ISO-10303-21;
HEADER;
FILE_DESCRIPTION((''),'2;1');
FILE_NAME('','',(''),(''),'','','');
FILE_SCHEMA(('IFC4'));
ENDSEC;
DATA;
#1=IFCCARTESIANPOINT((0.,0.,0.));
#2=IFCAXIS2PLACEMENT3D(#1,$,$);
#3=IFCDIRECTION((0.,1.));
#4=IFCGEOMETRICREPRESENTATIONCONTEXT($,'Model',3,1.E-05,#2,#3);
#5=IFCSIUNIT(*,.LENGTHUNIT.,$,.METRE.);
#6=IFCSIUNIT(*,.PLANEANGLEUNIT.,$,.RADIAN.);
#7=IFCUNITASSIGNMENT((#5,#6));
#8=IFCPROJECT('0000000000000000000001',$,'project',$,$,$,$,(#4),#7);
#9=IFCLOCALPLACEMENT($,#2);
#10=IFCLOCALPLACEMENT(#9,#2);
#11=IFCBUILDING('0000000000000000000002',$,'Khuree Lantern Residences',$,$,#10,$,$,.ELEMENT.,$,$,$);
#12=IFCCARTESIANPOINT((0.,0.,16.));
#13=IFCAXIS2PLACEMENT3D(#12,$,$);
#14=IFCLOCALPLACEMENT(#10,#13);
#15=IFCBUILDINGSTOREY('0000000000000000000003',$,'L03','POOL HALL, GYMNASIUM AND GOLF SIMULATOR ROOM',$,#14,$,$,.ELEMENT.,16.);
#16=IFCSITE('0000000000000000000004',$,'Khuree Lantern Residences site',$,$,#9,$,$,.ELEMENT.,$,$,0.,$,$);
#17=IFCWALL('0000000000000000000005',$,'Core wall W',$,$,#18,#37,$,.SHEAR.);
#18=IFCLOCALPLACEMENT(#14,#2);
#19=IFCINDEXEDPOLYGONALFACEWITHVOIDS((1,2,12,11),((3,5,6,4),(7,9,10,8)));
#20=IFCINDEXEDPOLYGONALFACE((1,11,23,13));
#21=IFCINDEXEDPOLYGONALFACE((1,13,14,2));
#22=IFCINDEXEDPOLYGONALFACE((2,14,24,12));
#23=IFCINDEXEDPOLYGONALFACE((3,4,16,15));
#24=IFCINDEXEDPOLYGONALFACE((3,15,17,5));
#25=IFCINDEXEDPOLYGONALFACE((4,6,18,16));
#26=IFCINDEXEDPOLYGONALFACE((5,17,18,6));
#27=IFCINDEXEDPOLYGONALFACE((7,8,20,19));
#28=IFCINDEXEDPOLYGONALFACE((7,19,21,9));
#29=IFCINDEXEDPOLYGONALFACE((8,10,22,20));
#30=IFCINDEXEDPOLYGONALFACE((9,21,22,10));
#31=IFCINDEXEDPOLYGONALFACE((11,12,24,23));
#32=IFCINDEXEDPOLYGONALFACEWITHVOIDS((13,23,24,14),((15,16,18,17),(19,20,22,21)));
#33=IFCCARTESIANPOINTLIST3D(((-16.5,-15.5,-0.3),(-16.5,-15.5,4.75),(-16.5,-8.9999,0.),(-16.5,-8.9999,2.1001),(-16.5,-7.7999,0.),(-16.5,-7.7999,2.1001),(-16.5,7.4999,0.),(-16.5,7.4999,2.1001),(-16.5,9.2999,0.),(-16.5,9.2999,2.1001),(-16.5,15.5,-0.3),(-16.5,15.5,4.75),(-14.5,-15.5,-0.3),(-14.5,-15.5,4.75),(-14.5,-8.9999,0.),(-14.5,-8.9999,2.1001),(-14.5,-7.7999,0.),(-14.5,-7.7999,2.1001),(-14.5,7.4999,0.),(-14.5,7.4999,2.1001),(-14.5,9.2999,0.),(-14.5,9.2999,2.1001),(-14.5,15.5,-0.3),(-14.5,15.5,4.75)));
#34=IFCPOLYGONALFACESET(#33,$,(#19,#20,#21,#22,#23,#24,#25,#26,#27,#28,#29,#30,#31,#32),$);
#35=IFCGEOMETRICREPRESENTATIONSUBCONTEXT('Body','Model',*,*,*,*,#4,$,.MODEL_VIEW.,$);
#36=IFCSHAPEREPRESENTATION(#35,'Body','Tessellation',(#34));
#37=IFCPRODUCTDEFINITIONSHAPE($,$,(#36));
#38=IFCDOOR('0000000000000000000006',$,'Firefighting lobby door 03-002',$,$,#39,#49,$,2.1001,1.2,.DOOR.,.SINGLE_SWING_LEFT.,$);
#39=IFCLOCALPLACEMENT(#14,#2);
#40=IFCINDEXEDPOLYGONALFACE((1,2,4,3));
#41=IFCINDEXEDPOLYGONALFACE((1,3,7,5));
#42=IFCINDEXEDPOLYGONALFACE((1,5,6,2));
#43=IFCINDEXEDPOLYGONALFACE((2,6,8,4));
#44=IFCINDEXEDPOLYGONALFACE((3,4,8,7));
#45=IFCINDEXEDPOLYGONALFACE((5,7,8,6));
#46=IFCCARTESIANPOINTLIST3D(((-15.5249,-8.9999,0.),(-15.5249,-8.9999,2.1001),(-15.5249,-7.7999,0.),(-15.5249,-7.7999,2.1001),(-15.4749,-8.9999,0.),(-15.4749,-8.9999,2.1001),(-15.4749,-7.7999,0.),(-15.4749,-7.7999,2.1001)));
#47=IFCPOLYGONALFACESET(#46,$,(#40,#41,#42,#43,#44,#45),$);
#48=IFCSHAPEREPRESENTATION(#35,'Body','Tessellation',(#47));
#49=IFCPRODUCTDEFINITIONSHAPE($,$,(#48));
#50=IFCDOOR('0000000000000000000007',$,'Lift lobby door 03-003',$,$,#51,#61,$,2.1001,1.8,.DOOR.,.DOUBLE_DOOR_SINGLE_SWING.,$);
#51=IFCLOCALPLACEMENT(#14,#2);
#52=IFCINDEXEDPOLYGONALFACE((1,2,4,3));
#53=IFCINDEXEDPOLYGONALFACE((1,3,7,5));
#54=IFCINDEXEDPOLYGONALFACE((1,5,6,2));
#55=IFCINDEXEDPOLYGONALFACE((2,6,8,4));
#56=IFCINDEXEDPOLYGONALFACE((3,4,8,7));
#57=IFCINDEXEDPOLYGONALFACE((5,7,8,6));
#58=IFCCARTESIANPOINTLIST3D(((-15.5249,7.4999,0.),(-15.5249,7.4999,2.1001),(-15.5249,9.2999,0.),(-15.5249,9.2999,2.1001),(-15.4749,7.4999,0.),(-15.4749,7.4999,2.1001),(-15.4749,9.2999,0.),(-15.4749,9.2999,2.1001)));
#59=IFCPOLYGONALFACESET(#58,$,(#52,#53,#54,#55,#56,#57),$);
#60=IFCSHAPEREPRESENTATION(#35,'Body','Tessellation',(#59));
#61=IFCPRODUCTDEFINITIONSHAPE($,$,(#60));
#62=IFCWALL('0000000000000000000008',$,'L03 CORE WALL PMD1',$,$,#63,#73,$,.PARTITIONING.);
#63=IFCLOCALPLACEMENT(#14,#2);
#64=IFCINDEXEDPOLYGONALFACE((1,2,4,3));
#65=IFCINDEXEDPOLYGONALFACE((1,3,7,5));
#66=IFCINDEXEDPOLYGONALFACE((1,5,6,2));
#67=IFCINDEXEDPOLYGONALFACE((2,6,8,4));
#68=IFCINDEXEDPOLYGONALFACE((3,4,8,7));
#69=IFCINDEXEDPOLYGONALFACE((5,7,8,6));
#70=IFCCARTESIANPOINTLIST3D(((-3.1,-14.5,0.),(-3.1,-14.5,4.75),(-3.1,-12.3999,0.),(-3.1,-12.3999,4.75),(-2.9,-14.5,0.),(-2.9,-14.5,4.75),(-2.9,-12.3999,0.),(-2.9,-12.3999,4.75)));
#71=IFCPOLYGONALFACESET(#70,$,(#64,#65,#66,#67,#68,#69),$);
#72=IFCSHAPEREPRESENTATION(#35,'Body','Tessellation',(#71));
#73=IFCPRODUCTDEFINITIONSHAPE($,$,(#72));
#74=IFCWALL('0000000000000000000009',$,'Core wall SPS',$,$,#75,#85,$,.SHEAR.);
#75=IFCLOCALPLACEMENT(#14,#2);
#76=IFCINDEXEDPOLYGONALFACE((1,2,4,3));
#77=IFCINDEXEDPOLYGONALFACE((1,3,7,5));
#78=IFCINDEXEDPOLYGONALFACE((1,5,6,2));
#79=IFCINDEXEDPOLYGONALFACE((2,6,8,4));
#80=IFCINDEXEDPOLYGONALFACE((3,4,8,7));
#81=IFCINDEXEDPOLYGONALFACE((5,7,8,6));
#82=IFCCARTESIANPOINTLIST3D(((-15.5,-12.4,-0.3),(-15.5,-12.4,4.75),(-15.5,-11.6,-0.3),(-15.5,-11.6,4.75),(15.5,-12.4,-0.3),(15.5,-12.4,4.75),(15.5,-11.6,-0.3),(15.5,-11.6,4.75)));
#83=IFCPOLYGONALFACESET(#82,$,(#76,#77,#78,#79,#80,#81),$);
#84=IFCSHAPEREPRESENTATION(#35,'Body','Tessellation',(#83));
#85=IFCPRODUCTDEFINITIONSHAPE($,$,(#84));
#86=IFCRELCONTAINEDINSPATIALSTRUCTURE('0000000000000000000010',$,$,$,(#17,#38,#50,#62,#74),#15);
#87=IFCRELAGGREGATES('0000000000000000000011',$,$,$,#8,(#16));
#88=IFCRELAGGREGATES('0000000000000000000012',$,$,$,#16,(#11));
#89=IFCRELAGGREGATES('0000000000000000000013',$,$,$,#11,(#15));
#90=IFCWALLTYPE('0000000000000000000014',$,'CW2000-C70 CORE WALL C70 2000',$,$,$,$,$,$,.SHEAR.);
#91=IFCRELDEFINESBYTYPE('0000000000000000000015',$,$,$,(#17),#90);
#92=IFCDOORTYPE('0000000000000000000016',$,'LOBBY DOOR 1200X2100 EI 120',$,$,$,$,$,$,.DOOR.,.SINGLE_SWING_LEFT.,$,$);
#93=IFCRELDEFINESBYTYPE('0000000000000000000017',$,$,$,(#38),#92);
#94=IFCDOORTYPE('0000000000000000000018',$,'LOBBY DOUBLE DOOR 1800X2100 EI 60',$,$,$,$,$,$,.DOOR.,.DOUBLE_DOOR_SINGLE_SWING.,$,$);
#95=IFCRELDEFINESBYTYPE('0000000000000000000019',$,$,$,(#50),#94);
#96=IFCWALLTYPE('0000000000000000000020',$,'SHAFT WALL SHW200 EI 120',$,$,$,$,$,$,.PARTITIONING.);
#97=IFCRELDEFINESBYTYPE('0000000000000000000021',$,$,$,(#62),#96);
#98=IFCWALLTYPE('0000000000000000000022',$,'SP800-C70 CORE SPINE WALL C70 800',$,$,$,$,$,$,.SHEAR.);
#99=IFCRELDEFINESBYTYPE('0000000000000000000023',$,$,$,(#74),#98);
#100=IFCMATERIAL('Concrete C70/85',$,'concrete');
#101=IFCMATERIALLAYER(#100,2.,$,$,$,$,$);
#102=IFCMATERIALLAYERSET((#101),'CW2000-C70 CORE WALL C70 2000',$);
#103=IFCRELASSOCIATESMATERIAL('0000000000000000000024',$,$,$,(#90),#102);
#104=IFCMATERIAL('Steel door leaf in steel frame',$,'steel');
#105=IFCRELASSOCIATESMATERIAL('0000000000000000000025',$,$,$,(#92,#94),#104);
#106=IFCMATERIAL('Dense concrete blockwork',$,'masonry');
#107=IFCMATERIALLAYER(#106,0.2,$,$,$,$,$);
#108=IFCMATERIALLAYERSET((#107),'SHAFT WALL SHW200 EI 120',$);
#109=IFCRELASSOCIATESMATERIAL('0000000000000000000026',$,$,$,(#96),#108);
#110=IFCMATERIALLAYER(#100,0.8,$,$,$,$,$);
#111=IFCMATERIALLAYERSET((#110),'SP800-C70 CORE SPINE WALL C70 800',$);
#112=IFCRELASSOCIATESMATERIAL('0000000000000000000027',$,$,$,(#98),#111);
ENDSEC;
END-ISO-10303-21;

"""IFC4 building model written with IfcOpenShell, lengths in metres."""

from ifc_helpers import new_model, si_unit, direction, frame, frame_2d, origin, place, context, subcontext, project, spatial, rectangle, extrude, material, layer, layer_set, type_object, element, fill, save


model = new_model("IFC4")

# Units and contexts
model_context = context("Model", 3, precision=1e-05, world=origin(), true_north=direction((0.0, 1.0)))
body_context = subcontext(model_context, "Body", "Model", "MODEL_VIEW")
ifc_project = project(units=[si_unit("LENGTHUNIT", "METRE"), si_unit("PLANEANGLEUNIT", "RADIAN")], contexts=[model_context])

# Site, building, storey
site_placement = place(None, origin())
site = spatial("IfcSite", under=ifc_project, at=site_placement, Name="Khuree Lantern Residences site", CompositionType="ELEMENT", RefElevation=0.0)
building_placement = place(site_placement, origin())
building = spatial("IfcBuilding", under=site, at=building_placement, Name="Khuree Lantern Residences", CompositionType="ELEMENT")
storey_placement = place(building_placement, frame((0.0, 0.0, 16.0)))
storey = spatial("IfcBuildingStorey", under=building, at=storey_placement, Name="L03", Description="POOL HALL, GYMNASIUM AND GOLF SIMULATOR ROOM", CompositionType="ELEMENT", Elevation=16.0)

# Shared definitions
ifc_material_1 = material(Name="Dense concrete blockwork", Category="masonry")

# Shared definitions
ifc_material_2 = material(Name="Steel door leaf in steel frame", Category="steel")

# Wall, openings, doors
ifc_material_3 = material(Name="Concrete C70/85", Category="concrete")
ifc_layer_1 = layer(ifc_material_3, 2.0)
ifc_layer_set_1 = layer_set([ifc_layer_1], Name="CW2000-C70 CORE WALL C70 2000")
wall_type_1 = type_object("IfcWallType", Name="CW2000-C70 CORE WALL C70 2000", PredefinedType="SHEAR", material=ifc_layer_set_1)
wall_1_placement = place(storey_placement, frame((-15.5, -15.5, -0.3), z_axis=(0.0, 0.0, 1.0), x_axis=(0.0, 1.0, 0.0)))
wall_1 = element("IfcWall", 1, at=wall_1_placement, inside=storey, type_object=wall_type_1, Name="Core wall W", PredefinedType="SHEAR", context=body_context, shape_type="SweptSolid", body=[
    extrude(rectangle(XDim=31.0, YDim=2.0, at=frame_2d((15.5, 0.0))), origin(), (0.0, 0.0, 1.0), 5.05),
])
opening_1_placement = place(wall_1_placement, frame((6.5, 0.0, 0.3)))
opening_1 = element("IfcOpeningElement", 2, at=opening_1_placement, cuts=wall_1, PredefinedType="OPENING", context=body_context, shape_type="SweptSolid", body=[
    extrude(rectangle(XDim=1.2, YDim=2.1001, at=frame_2d((0.6001, 1.05))), frame((0.0, 1.01, 0.0), z_axis=(0.0, -1.0, 0.0), x_axis=(1.0, 0.0, 0.0)), (0.0, 0.0, 1.0), 2.02),
])
opening_2_placement = place(wall_1_placement, frame((23.0, 0.0, 0.3)))
opening_2 = element("IfcOpeningElement", 3, at=opening_2_placement, cuts=wall_1, PredefinedType="OPENING", context=body_context, shape_type="SweptSolid", body=[
    extrude(rectangle(XDim=1.8, YDim=2.1001, at=frame_2d((0.8999, 1.05))), frame((0.0, 1.01, 0.0), z_axis=(0.0, -1.0, 0.0), x_axis=(1.0, 0.0, 0.0)), (0.0, 0.0, 1.0), 2.02),
])
door_type_1 = type_object("IfcDoorType", Name="LOBBY DOOR 1200X2100 EI 120", OperationType="SINGLE_SWING_LEFT", PredefinedType="DOOR", material=ifc_material_2)
door_1_placement = place(opening_1_placement, origin())
door_1 = element("IfcDoor", 4, at=door_1_placement, inside=storey, type_object=door_type_1, Name="Firefighting lobby door 03-002", OperationType="SINGLE_SWING_LEFT", OverallHeight=2.1001, OverallWidth=1.2, PredefinedType="DOOR", context=body_context, shape_type="SweptSolid", body=[
    extrude(rectangle(XDim=1.2, YDim=2.1001, at=frame_2d((0.6001, 1.05))), frame((0.0, 0.0249, 0.0), z_axis=(0.0, -1.0, 0.0), x_axis=(1.0, 0.0, 0.0)), (0.0, 0.0, 1.0), 0.05),
])
fill(opening_1, door_1)
door_type_2 = type_object("IfcDoorType", Name="LOBBY DOUBLE DOOR 1800X2100 EI 60", OperationType="DOUBLE_DOOR_SINGLE_SWING", PredefinedType="DOOR", material=ifc_material_2)
door_2_placement = place(opening_2_placement, origin())
door_2 = element("IfcDoor", 5, at=door_2_placement, inside=storey, type_object=door_type_2, Name="Lift lobby door 03-003", OperationType="DOUBLE_DOOR_SINGLE_SWING", OverallHeight=2.1001, OverallWidth=1.8, PredefinedType="DOOR", context=body_context, shape_type="SweptSolid", body=[
    extrude(rectangle(XDim=1.8, YDim=2.1001, at=frame_2d((0.8999, 1.05))), frame((0.0, 0.0249, 0.0), z_axis=(0.0, -1.0, 0.0), x_axis=(1.0, 0.0, 0.0)), (0.0, 0.0, 1.0), 0.05),
])
fill(opening_2, door_2)

# Walls
ifc_layer_2 = layer(ifc_material_1, 0.2)
ifc_layer_set_2 = layer_set([ifc_layer_2], Name="SHAFT WALL SHW200 EI 120")
wall_type_2 = type_object("IfcWallType", Name="SHAFT WALL SHW200 EI 120", PredefinedType="PARTITIONING", material=ifc_layer_set_2)
wall_2_placement = place(storey_placement, frame((-3.0, -14.5, 0.0), z_axis=(0.0, 0.0, 1.0), x_axis=(0.0, 1.0, 0.0)))
element("IfcWall", 6, at=wall_2_placement, inside=storey, type_object=wall_type_2, Name="L03 CORE WALL PMD1", PredefinedType="PARTITIONING", context=body_context, shape_type="SweptSolid", body=[
    extrude(rectangle(XDim=2.1001, YDim=0.2, at=frame_2d((1.05, 0.0))), origin(), (0.0, 0.0, 1.0), 4.75),
])
ifc_layer_3 = layer(ifc_material_3, 0.8)
ifc_layer_set_3 = layer_set([ifc_layer_3], Name="SP800-C70 CORE SPINE WALL C70 800")
wall_type_3 = type_object("IfcWallType", Name="SP800-C70 CORE SPINE WALL C70 800", PredefinedType="SHEAR", material=ifc_layer_set_3)
wall_3_placement = place(storey_placement, frame((-15.5, -12.0, -0.3), z_axis=(0.0, 0.0, 1.0), x_axis=(1.0, 0.0, 0.0)))
element("IfcWall", 7, at=wall_3_placement, inside=storey, type_object=wall_type_3, Name="Core wall SPS", PredefinedType="SHEAR", context=body_context, shape_type="SweptSolid", body=[
    extrude(rectangle(XDim=31.0, YDim=0.8, at=frame_2d((15.5, 0.0))), origin(), (0.0, 0.0, 1.0), 5.05),
])

save(model, "model.ifc")
